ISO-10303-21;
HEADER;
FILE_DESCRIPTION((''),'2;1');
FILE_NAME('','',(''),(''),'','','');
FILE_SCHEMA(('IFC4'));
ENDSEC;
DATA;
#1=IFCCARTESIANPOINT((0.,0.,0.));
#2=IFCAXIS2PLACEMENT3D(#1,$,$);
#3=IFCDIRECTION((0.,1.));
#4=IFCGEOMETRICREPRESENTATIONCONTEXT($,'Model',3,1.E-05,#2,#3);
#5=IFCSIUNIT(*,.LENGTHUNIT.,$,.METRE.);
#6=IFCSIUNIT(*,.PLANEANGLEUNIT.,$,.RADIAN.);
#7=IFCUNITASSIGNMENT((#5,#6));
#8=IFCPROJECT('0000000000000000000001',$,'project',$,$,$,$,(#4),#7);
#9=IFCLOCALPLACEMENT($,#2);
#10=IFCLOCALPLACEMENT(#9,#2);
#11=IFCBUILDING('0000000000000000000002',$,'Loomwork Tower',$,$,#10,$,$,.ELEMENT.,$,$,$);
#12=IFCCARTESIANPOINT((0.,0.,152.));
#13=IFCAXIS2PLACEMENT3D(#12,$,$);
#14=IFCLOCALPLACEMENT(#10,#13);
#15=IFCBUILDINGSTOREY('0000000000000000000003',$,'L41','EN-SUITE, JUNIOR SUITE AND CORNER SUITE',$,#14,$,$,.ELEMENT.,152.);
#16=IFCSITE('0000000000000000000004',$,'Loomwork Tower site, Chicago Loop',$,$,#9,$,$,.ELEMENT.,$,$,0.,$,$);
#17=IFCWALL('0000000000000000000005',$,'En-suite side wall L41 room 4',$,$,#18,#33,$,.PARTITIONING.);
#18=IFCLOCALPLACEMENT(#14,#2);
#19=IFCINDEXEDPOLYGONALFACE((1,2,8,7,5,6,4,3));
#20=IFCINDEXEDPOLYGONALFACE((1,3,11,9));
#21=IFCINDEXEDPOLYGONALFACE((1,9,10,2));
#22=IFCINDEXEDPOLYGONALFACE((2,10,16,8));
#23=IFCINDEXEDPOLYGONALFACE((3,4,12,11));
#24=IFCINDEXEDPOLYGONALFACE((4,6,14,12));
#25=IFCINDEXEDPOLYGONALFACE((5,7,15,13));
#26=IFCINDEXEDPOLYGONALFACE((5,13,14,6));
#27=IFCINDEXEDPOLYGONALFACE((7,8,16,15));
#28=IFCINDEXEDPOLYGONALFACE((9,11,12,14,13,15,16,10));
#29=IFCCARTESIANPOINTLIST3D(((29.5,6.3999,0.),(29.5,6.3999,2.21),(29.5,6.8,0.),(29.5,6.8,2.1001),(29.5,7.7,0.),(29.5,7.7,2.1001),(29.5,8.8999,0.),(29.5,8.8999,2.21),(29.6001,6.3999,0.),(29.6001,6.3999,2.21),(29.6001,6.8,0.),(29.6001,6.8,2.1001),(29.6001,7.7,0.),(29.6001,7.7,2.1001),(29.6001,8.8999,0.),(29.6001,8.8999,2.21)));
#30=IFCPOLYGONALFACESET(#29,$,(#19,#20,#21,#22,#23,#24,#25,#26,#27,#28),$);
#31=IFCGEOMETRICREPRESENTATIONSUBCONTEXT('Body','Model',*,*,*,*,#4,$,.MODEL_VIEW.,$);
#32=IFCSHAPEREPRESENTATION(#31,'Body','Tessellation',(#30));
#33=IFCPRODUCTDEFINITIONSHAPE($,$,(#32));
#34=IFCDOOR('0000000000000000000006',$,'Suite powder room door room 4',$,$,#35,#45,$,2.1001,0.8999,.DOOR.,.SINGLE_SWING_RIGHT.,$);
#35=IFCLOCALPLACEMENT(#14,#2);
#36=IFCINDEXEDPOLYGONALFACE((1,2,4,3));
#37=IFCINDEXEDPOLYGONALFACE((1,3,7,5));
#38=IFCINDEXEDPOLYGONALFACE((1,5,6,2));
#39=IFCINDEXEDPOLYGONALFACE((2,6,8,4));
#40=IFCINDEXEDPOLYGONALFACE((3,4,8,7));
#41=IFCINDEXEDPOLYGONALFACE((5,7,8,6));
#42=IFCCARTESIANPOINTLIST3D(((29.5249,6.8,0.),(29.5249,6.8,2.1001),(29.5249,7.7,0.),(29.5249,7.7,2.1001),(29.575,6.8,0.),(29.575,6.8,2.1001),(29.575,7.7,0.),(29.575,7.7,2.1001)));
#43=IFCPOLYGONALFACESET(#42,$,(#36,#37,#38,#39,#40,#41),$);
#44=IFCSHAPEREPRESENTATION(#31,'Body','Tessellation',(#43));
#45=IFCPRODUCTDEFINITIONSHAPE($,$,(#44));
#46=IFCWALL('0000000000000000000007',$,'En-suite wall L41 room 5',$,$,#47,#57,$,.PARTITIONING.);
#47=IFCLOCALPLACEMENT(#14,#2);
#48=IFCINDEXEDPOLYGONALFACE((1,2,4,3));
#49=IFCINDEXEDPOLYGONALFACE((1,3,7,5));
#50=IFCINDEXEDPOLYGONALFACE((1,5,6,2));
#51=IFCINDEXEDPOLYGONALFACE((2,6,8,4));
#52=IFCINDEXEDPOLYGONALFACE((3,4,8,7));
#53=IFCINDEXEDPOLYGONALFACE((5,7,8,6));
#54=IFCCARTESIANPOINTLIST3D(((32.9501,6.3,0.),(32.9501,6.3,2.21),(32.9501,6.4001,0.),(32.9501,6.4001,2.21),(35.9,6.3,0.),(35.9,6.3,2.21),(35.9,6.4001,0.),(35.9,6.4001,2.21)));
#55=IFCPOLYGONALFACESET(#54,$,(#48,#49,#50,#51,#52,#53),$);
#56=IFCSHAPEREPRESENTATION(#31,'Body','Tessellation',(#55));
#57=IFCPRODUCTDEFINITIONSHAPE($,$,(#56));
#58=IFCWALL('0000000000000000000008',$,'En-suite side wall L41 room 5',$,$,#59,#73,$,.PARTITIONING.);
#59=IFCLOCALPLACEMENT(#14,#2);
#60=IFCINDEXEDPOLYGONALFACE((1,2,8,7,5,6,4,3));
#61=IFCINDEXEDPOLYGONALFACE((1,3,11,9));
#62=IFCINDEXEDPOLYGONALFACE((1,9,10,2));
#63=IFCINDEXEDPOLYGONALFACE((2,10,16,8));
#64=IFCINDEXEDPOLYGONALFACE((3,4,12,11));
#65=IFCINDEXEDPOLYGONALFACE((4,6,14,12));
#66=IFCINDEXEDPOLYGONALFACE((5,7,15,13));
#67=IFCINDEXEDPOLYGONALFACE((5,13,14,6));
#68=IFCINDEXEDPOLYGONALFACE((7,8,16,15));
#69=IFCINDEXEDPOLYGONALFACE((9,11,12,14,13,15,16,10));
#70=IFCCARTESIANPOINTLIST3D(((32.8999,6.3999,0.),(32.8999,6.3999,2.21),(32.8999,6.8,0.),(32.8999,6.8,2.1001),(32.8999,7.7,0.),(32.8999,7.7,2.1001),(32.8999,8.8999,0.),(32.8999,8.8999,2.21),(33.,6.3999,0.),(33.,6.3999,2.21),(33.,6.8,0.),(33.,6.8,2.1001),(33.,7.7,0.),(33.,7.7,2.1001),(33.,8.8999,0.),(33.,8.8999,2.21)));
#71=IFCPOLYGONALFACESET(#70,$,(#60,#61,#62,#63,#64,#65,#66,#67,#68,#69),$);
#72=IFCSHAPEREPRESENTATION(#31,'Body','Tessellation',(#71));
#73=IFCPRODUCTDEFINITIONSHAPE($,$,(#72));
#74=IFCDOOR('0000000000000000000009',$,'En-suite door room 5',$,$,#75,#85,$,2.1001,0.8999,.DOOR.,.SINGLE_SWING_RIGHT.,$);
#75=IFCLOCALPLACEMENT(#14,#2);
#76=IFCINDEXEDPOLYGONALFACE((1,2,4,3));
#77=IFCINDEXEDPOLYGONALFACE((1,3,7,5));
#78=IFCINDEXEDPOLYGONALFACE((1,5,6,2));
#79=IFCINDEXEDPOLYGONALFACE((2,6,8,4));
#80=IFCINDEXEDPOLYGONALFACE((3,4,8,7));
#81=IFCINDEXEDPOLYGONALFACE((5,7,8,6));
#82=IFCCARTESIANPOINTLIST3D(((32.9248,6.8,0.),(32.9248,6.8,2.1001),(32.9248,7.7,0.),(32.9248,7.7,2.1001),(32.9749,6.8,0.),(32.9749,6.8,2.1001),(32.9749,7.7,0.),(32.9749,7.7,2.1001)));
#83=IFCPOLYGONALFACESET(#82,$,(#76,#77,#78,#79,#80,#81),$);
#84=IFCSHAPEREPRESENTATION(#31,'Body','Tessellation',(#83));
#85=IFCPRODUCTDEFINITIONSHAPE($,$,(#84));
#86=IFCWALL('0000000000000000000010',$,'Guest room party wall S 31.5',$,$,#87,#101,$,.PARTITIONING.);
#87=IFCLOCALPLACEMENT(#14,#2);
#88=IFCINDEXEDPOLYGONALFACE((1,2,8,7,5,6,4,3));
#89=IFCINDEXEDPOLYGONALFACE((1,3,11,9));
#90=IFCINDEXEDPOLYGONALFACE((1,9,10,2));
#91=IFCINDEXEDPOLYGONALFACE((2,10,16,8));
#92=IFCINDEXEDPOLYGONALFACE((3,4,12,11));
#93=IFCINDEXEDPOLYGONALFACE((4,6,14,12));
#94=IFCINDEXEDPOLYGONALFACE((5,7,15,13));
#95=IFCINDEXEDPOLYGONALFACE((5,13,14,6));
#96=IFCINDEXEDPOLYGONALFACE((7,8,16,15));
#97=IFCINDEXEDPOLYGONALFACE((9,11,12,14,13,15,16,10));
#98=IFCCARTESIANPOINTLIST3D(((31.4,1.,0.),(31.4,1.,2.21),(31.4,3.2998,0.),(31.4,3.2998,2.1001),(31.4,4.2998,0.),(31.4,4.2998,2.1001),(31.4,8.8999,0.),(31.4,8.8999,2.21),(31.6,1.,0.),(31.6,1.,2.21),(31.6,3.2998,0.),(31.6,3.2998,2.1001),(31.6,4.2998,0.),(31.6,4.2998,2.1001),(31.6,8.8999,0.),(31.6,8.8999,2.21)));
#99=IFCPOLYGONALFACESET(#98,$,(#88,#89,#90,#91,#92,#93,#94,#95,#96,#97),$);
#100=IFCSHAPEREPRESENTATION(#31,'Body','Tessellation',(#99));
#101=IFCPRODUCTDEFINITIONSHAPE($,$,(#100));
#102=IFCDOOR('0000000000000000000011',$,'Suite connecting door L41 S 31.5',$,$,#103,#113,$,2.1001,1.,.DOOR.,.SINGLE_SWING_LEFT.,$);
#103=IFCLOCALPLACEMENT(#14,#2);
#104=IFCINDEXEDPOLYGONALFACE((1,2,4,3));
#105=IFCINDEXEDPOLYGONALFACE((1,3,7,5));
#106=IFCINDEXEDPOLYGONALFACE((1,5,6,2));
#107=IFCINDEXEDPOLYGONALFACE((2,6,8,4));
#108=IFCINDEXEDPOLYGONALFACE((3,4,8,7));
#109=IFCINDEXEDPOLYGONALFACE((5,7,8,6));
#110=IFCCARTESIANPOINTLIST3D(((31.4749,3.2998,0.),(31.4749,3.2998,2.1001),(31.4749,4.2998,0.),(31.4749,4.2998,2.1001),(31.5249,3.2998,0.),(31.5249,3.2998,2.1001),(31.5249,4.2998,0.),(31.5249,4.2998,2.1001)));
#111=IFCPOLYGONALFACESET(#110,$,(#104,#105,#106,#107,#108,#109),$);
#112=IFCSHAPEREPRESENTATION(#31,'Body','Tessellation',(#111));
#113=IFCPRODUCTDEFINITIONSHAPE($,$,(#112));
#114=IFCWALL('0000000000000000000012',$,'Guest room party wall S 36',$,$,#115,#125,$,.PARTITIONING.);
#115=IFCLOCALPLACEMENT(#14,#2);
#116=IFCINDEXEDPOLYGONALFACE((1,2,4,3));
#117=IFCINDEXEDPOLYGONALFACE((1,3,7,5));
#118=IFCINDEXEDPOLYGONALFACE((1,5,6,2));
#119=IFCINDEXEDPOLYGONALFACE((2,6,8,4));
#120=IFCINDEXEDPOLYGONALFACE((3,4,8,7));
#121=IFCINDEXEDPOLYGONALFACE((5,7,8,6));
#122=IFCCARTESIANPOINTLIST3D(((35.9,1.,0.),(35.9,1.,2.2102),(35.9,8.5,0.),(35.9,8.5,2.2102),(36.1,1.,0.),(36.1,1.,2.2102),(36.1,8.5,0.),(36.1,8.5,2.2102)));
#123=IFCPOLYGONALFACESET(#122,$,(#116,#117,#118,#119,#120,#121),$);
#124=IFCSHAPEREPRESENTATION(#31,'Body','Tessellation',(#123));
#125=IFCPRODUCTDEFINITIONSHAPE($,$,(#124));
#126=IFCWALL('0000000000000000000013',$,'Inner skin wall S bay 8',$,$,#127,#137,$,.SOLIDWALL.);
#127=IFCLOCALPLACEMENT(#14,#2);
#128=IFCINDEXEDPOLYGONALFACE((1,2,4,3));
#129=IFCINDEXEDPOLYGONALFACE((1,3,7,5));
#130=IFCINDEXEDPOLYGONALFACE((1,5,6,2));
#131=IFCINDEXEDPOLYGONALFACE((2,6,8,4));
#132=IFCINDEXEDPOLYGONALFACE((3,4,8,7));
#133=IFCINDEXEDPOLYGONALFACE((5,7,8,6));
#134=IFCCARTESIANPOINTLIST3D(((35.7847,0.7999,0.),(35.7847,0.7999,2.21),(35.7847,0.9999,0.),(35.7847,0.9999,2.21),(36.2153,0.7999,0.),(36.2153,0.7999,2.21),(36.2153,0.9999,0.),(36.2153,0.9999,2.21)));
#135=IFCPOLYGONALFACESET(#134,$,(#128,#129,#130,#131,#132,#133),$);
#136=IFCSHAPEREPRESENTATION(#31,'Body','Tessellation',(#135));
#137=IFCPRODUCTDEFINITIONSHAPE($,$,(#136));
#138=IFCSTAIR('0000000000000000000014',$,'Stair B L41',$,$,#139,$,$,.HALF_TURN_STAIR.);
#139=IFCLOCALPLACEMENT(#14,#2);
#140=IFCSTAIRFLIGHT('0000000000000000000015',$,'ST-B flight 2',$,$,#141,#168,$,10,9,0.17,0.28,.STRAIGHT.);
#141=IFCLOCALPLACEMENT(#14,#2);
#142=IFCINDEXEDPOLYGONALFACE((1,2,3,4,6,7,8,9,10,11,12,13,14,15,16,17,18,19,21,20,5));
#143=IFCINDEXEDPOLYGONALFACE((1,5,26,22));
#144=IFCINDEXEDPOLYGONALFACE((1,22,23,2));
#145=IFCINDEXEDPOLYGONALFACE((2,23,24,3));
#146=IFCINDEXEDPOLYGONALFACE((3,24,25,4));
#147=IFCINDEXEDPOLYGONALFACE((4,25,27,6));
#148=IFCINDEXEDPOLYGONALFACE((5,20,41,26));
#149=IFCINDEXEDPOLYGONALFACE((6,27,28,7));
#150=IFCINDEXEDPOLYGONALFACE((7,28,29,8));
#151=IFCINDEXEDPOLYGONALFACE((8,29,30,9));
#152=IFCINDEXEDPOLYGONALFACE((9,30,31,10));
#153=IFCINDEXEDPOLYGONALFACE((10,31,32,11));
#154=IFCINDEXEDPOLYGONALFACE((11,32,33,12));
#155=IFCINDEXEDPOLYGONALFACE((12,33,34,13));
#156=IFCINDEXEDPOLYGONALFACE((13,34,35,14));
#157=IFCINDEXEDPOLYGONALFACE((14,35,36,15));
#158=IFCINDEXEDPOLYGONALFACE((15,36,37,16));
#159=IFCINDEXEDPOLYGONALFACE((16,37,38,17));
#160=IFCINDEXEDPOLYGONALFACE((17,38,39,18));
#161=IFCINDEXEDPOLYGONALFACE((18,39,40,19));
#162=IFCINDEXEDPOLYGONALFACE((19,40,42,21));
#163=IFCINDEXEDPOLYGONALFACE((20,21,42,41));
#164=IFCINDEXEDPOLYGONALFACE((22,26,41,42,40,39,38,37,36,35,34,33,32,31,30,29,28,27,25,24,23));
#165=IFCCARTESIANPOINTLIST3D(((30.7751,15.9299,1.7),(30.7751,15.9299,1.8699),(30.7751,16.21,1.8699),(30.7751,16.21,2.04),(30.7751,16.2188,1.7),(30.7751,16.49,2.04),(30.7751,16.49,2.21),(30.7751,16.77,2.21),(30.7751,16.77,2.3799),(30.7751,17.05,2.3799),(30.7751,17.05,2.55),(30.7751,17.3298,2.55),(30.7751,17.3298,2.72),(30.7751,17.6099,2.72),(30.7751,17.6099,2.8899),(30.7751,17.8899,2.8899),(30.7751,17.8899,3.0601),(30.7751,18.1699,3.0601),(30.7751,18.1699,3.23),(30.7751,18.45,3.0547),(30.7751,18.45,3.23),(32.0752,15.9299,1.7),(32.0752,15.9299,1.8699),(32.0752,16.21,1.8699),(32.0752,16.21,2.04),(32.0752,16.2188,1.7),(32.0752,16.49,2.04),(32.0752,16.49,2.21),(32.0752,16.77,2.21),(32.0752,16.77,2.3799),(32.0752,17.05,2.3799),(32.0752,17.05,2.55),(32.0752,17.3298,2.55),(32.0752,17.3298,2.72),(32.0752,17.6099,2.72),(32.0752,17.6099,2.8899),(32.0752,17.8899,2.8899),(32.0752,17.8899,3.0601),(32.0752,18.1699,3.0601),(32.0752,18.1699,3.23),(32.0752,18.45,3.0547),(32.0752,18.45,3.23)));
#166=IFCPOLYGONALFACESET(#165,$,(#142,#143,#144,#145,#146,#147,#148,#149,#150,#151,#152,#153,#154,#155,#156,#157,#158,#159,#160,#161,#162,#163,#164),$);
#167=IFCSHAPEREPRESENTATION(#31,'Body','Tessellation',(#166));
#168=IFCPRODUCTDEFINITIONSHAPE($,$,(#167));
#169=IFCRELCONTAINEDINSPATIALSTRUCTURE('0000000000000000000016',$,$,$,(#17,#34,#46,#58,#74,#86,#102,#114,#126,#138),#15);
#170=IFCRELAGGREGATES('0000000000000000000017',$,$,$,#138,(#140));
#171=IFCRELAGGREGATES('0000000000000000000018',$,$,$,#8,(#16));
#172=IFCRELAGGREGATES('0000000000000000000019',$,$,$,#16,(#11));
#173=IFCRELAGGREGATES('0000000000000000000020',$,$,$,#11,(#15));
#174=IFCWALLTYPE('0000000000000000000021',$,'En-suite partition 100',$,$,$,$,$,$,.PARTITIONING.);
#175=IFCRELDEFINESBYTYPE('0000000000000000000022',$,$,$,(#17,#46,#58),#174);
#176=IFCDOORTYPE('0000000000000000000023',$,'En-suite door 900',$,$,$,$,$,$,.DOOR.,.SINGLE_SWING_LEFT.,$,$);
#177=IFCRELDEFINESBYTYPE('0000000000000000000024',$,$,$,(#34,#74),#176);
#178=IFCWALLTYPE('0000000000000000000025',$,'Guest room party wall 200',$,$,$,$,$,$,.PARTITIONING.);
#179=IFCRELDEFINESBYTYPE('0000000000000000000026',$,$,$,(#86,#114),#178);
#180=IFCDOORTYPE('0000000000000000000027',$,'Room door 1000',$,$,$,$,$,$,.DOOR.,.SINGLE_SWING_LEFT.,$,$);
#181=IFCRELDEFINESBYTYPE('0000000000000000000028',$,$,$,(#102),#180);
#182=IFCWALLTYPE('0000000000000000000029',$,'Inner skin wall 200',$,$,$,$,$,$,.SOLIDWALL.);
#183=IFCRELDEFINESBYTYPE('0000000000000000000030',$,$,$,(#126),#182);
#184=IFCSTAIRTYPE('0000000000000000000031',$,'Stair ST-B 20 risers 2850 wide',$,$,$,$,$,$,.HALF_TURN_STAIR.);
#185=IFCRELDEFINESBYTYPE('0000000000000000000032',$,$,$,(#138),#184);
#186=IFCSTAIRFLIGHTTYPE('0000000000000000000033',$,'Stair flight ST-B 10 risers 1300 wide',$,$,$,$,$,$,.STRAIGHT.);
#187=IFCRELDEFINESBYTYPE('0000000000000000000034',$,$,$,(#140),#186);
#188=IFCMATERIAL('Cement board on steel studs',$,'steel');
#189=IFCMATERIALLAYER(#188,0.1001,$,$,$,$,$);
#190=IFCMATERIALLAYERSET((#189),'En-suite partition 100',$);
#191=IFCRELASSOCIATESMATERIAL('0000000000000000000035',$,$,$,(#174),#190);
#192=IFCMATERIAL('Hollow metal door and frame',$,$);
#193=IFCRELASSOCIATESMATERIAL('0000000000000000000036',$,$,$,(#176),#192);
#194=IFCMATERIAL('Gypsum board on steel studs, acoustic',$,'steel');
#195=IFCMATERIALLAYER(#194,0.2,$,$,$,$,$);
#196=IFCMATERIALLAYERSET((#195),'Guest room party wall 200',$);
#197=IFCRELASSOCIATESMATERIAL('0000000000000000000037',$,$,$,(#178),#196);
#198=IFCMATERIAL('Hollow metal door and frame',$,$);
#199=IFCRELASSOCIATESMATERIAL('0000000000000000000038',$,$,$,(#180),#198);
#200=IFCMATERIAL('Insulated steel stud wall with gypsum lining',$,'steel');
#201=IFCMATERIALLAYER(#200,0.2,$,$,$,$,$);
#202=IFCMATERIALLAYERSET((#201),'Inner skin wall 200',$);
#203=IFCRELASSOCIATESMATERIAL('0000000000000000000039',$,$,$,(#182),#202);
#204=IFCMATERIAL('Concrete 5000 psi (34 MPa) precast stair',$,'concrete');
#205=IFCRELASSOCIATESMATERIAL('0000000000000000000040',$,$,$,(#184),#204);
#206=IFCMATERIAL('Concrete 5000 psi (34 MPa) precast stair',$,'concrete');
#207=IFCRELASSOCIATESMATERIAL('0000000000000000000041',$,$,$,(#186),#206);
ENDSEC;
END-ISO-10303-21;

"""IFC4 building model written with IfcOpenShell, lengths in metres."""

from ifc_helpers import new_model, si_unit, direction, frame, frame_2d, origin, place, context, subcontext, project, spatial, polyline, rectangle, outline, extrude, material, layer, layer_set, type_object, element, fill, aggregate, save


model = new_model("IFC4")

# Units and contexts
model_context = context("Model", 3, precision=1e-05, world=origin(), true_north=direction((0.0, 1.0)))
body_context = subcontext(model_context, "Body", "Model", "MODEL_VIEW")
ifc_project = project(units=[si_unit("LENGTHUNIT", "METRE"), si_unit("PLANEANGLEUNIT", "RADIAN")], contexts=[model_context])

# Site, building, storey
site_placement = place(None, origin())
site = spatial("IfcSite", under=ifc_project, at=site_placement, Name="Loomwork Tower site, Chicago Loop", CompositionType="ELEMENT", RefElevation=0.0)
building_placement = place(site_placement, origin())
building = spatial("IfcBuilding", under=site, at=building_placement, Name="Loomwork Tower", CompositionType="ELEMENT")
storey_placement = place(building_placement, frame((0.0, 0.0, 152.0)))
storey = spatial("IfcBuildingStorey", under=building, at=storey_placement, Name="L41", Description="EN-SUITE, JUNIOR SUITE AND CORNER SUITE", CompositionType="ELEMENT", Elevation=152.0)

# Shared definitions
ifc_material_1 = material(Name="Cement board on steel studs", Category="steel")
ifc_layer_1 = layer(ifc_material_1, 0.1001)
ifc_layer_set_1 = layer_set([ifc_layer_1], Name="En-suite partition 100")
wall_type_1 = type_object("IfcWallType", Name="En-suite partition 100", PredefinedType="PARTITIONING", material=ifc_layer_set_1)

# Wall, opening, door
wall_1_placement = place(storey_placement, frame((29.55, 8.8999, 0.0), z_axis=(0.0, 0.0, 1.0), x_axis=(0.0, -1.0, 0.0)))
wall_1 = element("IfcWall", 1, at=wall_1_placement, inside=storey, type_object=wall_type_1, Name="En-suite side wall L41 room 4", PredefinedType="PARTITIONING", context=body_context, shape_type="SweptSolid", body=[
    extrude(rectangle(XDim=2.5, YDim=0.1001, at=frame_2d((1.25, 0.0))), origin(), (0.0, 0.0, 1.0), 2.21),
])
opening_1_placement = place(wall_1_placement, frame((1.2, 0.0, 0.0)))
opening_1 = element("IfcOpeningElement", 2, at=opening_1_placement, cuts=wall_1, PredefinedType="OPENING", context=body_context, shape_type="SweptSolid", body=[
    extrude(rectangle(XDim=0.8999, YDim=2.1001, at=frame_2d((0.45, 1.05))), frame((0.0, 0.0601, 0.0), z_axis=(0.0, -1.0, 0.0), x_axis=(1.0, 0.0, 0.0)), (0.0, 0.0, 1.0), 0.1201),
])
ifc_material_2 = material(Name="Hollow metal door and frame")
door_type_1 = type_object("IfcDoorType", Name="En-suite door 900", OperationType="SINGLE_SWING_LEFT", PredefinedType="DOOR", material=ifc_material_2)
door_1_placement = place(opening_1_placement, origin())
door_1 = element("IfcDoor", 3, at=door_1_placement, inside=storey, type_object=door_type_1, Name="Suite powder room door room 4", OperationType="SINGLE_SWING_RIGHT", OverallHeight=2.1001, OverallWidth=0.8999, PredefinedType="DOOR", context=body_context, shape_type="SweptSolid", body=[
    extrude(rectangle(XDim=0.8999, YDim=2.1001, at=frame_2d((0.45, 1.05))), frame((0.0, 0.0249, 0.0), z_axis=(0.0, -1.0, 0.0), x_axis=(1.0, 0.0, 0.0)), (0.0, 0.0, 1.0), 0.05),
])
fill(opening_1, door_1)

# Wall
wall_2_placement = place(storey_placement, frame((32.95, 6.3501, 0.0), z_axis=(0.0, 0.0, 1.0), x_axis=(1.0, 0.0, 0.0)))
element("IfcWall", 4, at=wall_2_placement, inside=storey, type_object=wall_type_1, Name="En-suite wall L41 room 5", PredefinedType="PARTITIONING", context=body_context, shape_type="SweptSolid", body=[
    extrude(rectangle(XDim=2.95, YDim=0.1001, at=frame_2d((1.4751, 0.0))), origin(), (0.0, 0.0, 1.0), 2.21),
])

# Walls, openings, doors
wall_3_placement = place(storey_placement, frame((32.95, 8.8999, 0.0), z_axis=(0.0, 0.0, 1.0), x_axis=(0.0, -1.0, 0.0)))
wall_3 = element("IfcWall", 5, at=wall_3_placement, inside=storey, type_object=wall_type_1, Name="En-suite side wall L41 room 5", PredefinedType="PARTITIONING", context=body_context, shape_type="SweptSolid", body=[
    extrude(rectangle(XDim=2.5, YDim=0.1001, at=frame_2d((1.25, 0.0))), origin(), (0.0, 0.0, 1.0), 2.21),
])
opening_2_placement = place(wall_3_placement, frame((1.2, 0.0, 0.0)))
opening_2 = element("IfcOpeningElement", 6, at=opening_2_placement, cuts=wall_3, PredefinedType="OPENING", context=body_context, shape_type="SweptSolid", body=[
    extrude(rectangle(XDim=0.8999, YDim=2.1001, at=frame_2d((0.45, 1.05))), frame((0.0, 0.0601, 0.0), z_axis=(0.0, -1.0, 0.0), x_axis=(1.0, 0.0, 0.0)), (0.0, 0.0, 1.0), 0.1201),
])
door_2_placement = place(opening_2_placement, origin())
door_2 = element("IfcDoor", 7, at=door_2_placement, inside=storey, type_object=door_type_1, Name="En-suite door room 5", OperationType="SINGLE_SWING_RIGHT", OverallHeight=2.1001, OverallWidth=0.8999, PredefinedType="DOOR", context=body_context, shape_type="SweptSolid", body=[
    extrude(rectangle(XDim=0.8999, YDim=2.1001, at=frame_2d((0.45, 1.05))), frame((0.0, 0.0249, 0.0), z_axis=(0.0, -1.0, 0.0), x_axis=(1.0, 0.0, 0.0)), (0.0, 0.0, 1.0), 0.05),
])
fill(opening_2, door_2)
ifc_material_3 = material(Name="Gypsum board on steel studs, acoustic", Category="steel")
ifc_layer_2 = layer(ifc_material_3, 0.2)
ifc_layer_set_2 = layer_set([ifc_layer_2], Name="Guest room party wall 200")
wall_type_2 = type_object("IfcWallType", Name="Guest room party wall 200", PredefinedType="PARTITIONING", material=ifc_layer_set_2)
wall_4_placement = place(storey_placement, frame((31.5, 8.8999, 0.0), z_axis=(0.0, 0.0, 1.0), x_axis=(0.0, -1.0, 0.0)))
wall_4 = element("IfcWall", 8, at=wall_4_placement, inside=storey, type_object=wall_type_2, Name="Guest room party wall S 31.5", PredefinedType="PARTITIONING", context=body_context, shape_type="SweptSolid", body=[
    extrude(rectangle(XDim=7.8999, YDim=0.2, at=frame_2d((3.95, 0.0))), origin(), (0.0, 0.0, 1.0), 2.21),
])
opening_3_placement = place(wall_4_placement, frame((4.6001, 0.0, 0.0)))
opening_3 = element("IfcOpeningElement", 9, at=opening_3_placement, cuts=wall_4, PredefinedType="OPENING", context=body_context, shape_type="SweptSolid", body=[
    extrude(rectangle(XDim=1.0, YDim=2.1001, at=frame_2d((0.5, 1.05))), frame((0.0, 0.1099, 0.0), z_axis=(0.0, -1.0, 0.0), x_axis=(1.0, 0.0, 0.0)), (0.0, 0.0, 1.0), 0.22),
])
ifc_material_4 = material(Name="Hollow metal door and frame")
door_type_2 = type_object("IfcDoorType", Name="Room door 1000", OperationType="SINGLE_SWING_LEFT", PredefinedType="DOOR", material=ifc_material_4)
door_3_placement = place(opening_3_placement, origin())
door_3 = element("IfcDoor", 10, at=door_3_placement, inside=storey, type_object=door_type_2, Name="Suite connecting door L41 S 31.5", OperationType="SINGLE_SWING_LEFT", OverallHeight=2.1001, OverallWidth=1.0, PredefinedType="DOOR", context=body_context, shape_type="SweptSolid", body=[
    extrude(rectangle(XDim=1.0, YDim=2.1001, at=frame_2d((0.5, 1.05))), frame((0.0, 0.0249, 0.0), z_axis=(0.0, -1.0, 0.0), x_axis=(1.0, 0.0, 0.0)), (0.0, 0.0, 1.0), 0.05),
])
fill(opening_3, door_3)

# Walls
wall_5_placement = place(storey_placement, frame((36.0, 8.5, 0.0), z_axis=(0.0, 0.0, 1.0), x_axis=(0.0, -1.0, 0.0)))
element("IfcWall", 11, at=wall_5_placement, inside=storey, type_object=wall_type_2, Name="Guest room party wall S 36", PredefinedType="PARTITIONING", context=body_context, shape_type="SweptSolid", body=[
    extrude(rectangle(XDim=7.5, YDim=0.2, at=frame_2d((3.75, 0.0))), origin(), (0.0, 0.0, 1.0), 2.2102),
])
ifc_material_5 = material(Name="Insulated steel stud wall with gypsum lining", Category="steel")
ifc_layer_3 = layer(ifc_material_5, 0.2)
ifc_layer_set_3 = layer_set([ifc_layer_3], Name="Inner skin wall 200")
wall_type_3 = type_object("IfcWallType", Name="Inner skin wall 200", PredefinedType="SOLIDWALL", material=ifc_layer_set_3)
wall_6_placement = place(storey_placement, frame((35.7847, 0.8999, 0.0), z_axis=(0.0, 0.0, 1.0), x_axis=(1.0, 0.0, 0.0)))
element("IfcWall", 12, at=wall_6_placement, inside=storey, type_object=wall_type_3, Name="Inner skin wall S bay 8", PredefinedType="SOLIDWALL", context=body_context, shape_type="SweptSolid", body=[
    extrude(rectangle(XDim=0.4307, YDim=0.2, at=frame_2d((0.2153, 0.0))), origin(), (0.0, 0.0, 1.0), 2.21),
])

# Stair, stair flight
ifc_material_6 = material(Name="Concrete 5000 psi (34 MPa) precast stair", Category="concrete")
stair_type = type_object("IfcStairType", Name="Stair ST-B 20 risers 2850 wide", PredefinedType="HALF_TURN_STAIR", material=ifc_material_6)
stair_placement = place(storey_placement, origin())
stair = element("IfcStair", 13, at=stair_placement, inside=storey, type_object=stair_type, Name="Stair B L41", PredefinedType="HALF_TURN_STAIR")
ifc_material_7 = material(Name="Concrete 5000 psi (34 MPa) precast stair", Category="concrete")
stair_flight_type = type_object("IfcStairFlightType", Name="Stair flight ST-B 10 risers 1300 wide", PredefinedType="STRAIGHT", material=ifc_material_7)
stair_flight_placement = place(storey_placement, frame((31.425, 15.9299, 1.7), z_axis=(0.0, 0.0, 1.0), x_axis=(0.0, 1.0, 0.0)))
stair_flight = element("IfcStairFlight", 14, at=stair_flight_placement, type_object=stair_flight_type, Name="ST-B flight 2", NumberOfRisers=10, NumberOfTreads=9, PredefinedType="STRAIGHT", RiserHeight=0.17, TreadLength=0.28, context=body_context, shape_type="SweptSolid", body=[
    extrude(outline(polyline([(0.0, 0.0), (0.0, 0.1699), (0.28, 0.1699), (0.28, 0.3401), (0.5601, 0.3401), (0.5601, 0.51), (0.8401, 0.51), (0.8401, 0.6799), (1.1201, 0.6799), (1.1201, 0.8501), (1.3999, 0.8501), (1.3999, 1.02), (1.6799, 1.02), (1.6799, 1.1899), (1.96, 1.1899), (1.96, 1.3601), (2.24, 1.3601), (2.24, 1.53), (2.52, 1.53), (2.52, 1.7), (2.52, 1.3547), (0.2888, 0.0), (0.0, 0.0)])), frame((0.0, 0.6499, 0.0), z_axis=(0.0, -1.0, 0.0), x_axis=(1.0, 0.0, 0.0)), (0.0, 0.0, 1.0), 1.3),
])
aggregate(stair, [stair_flight])

save(model, "model.ifc")
